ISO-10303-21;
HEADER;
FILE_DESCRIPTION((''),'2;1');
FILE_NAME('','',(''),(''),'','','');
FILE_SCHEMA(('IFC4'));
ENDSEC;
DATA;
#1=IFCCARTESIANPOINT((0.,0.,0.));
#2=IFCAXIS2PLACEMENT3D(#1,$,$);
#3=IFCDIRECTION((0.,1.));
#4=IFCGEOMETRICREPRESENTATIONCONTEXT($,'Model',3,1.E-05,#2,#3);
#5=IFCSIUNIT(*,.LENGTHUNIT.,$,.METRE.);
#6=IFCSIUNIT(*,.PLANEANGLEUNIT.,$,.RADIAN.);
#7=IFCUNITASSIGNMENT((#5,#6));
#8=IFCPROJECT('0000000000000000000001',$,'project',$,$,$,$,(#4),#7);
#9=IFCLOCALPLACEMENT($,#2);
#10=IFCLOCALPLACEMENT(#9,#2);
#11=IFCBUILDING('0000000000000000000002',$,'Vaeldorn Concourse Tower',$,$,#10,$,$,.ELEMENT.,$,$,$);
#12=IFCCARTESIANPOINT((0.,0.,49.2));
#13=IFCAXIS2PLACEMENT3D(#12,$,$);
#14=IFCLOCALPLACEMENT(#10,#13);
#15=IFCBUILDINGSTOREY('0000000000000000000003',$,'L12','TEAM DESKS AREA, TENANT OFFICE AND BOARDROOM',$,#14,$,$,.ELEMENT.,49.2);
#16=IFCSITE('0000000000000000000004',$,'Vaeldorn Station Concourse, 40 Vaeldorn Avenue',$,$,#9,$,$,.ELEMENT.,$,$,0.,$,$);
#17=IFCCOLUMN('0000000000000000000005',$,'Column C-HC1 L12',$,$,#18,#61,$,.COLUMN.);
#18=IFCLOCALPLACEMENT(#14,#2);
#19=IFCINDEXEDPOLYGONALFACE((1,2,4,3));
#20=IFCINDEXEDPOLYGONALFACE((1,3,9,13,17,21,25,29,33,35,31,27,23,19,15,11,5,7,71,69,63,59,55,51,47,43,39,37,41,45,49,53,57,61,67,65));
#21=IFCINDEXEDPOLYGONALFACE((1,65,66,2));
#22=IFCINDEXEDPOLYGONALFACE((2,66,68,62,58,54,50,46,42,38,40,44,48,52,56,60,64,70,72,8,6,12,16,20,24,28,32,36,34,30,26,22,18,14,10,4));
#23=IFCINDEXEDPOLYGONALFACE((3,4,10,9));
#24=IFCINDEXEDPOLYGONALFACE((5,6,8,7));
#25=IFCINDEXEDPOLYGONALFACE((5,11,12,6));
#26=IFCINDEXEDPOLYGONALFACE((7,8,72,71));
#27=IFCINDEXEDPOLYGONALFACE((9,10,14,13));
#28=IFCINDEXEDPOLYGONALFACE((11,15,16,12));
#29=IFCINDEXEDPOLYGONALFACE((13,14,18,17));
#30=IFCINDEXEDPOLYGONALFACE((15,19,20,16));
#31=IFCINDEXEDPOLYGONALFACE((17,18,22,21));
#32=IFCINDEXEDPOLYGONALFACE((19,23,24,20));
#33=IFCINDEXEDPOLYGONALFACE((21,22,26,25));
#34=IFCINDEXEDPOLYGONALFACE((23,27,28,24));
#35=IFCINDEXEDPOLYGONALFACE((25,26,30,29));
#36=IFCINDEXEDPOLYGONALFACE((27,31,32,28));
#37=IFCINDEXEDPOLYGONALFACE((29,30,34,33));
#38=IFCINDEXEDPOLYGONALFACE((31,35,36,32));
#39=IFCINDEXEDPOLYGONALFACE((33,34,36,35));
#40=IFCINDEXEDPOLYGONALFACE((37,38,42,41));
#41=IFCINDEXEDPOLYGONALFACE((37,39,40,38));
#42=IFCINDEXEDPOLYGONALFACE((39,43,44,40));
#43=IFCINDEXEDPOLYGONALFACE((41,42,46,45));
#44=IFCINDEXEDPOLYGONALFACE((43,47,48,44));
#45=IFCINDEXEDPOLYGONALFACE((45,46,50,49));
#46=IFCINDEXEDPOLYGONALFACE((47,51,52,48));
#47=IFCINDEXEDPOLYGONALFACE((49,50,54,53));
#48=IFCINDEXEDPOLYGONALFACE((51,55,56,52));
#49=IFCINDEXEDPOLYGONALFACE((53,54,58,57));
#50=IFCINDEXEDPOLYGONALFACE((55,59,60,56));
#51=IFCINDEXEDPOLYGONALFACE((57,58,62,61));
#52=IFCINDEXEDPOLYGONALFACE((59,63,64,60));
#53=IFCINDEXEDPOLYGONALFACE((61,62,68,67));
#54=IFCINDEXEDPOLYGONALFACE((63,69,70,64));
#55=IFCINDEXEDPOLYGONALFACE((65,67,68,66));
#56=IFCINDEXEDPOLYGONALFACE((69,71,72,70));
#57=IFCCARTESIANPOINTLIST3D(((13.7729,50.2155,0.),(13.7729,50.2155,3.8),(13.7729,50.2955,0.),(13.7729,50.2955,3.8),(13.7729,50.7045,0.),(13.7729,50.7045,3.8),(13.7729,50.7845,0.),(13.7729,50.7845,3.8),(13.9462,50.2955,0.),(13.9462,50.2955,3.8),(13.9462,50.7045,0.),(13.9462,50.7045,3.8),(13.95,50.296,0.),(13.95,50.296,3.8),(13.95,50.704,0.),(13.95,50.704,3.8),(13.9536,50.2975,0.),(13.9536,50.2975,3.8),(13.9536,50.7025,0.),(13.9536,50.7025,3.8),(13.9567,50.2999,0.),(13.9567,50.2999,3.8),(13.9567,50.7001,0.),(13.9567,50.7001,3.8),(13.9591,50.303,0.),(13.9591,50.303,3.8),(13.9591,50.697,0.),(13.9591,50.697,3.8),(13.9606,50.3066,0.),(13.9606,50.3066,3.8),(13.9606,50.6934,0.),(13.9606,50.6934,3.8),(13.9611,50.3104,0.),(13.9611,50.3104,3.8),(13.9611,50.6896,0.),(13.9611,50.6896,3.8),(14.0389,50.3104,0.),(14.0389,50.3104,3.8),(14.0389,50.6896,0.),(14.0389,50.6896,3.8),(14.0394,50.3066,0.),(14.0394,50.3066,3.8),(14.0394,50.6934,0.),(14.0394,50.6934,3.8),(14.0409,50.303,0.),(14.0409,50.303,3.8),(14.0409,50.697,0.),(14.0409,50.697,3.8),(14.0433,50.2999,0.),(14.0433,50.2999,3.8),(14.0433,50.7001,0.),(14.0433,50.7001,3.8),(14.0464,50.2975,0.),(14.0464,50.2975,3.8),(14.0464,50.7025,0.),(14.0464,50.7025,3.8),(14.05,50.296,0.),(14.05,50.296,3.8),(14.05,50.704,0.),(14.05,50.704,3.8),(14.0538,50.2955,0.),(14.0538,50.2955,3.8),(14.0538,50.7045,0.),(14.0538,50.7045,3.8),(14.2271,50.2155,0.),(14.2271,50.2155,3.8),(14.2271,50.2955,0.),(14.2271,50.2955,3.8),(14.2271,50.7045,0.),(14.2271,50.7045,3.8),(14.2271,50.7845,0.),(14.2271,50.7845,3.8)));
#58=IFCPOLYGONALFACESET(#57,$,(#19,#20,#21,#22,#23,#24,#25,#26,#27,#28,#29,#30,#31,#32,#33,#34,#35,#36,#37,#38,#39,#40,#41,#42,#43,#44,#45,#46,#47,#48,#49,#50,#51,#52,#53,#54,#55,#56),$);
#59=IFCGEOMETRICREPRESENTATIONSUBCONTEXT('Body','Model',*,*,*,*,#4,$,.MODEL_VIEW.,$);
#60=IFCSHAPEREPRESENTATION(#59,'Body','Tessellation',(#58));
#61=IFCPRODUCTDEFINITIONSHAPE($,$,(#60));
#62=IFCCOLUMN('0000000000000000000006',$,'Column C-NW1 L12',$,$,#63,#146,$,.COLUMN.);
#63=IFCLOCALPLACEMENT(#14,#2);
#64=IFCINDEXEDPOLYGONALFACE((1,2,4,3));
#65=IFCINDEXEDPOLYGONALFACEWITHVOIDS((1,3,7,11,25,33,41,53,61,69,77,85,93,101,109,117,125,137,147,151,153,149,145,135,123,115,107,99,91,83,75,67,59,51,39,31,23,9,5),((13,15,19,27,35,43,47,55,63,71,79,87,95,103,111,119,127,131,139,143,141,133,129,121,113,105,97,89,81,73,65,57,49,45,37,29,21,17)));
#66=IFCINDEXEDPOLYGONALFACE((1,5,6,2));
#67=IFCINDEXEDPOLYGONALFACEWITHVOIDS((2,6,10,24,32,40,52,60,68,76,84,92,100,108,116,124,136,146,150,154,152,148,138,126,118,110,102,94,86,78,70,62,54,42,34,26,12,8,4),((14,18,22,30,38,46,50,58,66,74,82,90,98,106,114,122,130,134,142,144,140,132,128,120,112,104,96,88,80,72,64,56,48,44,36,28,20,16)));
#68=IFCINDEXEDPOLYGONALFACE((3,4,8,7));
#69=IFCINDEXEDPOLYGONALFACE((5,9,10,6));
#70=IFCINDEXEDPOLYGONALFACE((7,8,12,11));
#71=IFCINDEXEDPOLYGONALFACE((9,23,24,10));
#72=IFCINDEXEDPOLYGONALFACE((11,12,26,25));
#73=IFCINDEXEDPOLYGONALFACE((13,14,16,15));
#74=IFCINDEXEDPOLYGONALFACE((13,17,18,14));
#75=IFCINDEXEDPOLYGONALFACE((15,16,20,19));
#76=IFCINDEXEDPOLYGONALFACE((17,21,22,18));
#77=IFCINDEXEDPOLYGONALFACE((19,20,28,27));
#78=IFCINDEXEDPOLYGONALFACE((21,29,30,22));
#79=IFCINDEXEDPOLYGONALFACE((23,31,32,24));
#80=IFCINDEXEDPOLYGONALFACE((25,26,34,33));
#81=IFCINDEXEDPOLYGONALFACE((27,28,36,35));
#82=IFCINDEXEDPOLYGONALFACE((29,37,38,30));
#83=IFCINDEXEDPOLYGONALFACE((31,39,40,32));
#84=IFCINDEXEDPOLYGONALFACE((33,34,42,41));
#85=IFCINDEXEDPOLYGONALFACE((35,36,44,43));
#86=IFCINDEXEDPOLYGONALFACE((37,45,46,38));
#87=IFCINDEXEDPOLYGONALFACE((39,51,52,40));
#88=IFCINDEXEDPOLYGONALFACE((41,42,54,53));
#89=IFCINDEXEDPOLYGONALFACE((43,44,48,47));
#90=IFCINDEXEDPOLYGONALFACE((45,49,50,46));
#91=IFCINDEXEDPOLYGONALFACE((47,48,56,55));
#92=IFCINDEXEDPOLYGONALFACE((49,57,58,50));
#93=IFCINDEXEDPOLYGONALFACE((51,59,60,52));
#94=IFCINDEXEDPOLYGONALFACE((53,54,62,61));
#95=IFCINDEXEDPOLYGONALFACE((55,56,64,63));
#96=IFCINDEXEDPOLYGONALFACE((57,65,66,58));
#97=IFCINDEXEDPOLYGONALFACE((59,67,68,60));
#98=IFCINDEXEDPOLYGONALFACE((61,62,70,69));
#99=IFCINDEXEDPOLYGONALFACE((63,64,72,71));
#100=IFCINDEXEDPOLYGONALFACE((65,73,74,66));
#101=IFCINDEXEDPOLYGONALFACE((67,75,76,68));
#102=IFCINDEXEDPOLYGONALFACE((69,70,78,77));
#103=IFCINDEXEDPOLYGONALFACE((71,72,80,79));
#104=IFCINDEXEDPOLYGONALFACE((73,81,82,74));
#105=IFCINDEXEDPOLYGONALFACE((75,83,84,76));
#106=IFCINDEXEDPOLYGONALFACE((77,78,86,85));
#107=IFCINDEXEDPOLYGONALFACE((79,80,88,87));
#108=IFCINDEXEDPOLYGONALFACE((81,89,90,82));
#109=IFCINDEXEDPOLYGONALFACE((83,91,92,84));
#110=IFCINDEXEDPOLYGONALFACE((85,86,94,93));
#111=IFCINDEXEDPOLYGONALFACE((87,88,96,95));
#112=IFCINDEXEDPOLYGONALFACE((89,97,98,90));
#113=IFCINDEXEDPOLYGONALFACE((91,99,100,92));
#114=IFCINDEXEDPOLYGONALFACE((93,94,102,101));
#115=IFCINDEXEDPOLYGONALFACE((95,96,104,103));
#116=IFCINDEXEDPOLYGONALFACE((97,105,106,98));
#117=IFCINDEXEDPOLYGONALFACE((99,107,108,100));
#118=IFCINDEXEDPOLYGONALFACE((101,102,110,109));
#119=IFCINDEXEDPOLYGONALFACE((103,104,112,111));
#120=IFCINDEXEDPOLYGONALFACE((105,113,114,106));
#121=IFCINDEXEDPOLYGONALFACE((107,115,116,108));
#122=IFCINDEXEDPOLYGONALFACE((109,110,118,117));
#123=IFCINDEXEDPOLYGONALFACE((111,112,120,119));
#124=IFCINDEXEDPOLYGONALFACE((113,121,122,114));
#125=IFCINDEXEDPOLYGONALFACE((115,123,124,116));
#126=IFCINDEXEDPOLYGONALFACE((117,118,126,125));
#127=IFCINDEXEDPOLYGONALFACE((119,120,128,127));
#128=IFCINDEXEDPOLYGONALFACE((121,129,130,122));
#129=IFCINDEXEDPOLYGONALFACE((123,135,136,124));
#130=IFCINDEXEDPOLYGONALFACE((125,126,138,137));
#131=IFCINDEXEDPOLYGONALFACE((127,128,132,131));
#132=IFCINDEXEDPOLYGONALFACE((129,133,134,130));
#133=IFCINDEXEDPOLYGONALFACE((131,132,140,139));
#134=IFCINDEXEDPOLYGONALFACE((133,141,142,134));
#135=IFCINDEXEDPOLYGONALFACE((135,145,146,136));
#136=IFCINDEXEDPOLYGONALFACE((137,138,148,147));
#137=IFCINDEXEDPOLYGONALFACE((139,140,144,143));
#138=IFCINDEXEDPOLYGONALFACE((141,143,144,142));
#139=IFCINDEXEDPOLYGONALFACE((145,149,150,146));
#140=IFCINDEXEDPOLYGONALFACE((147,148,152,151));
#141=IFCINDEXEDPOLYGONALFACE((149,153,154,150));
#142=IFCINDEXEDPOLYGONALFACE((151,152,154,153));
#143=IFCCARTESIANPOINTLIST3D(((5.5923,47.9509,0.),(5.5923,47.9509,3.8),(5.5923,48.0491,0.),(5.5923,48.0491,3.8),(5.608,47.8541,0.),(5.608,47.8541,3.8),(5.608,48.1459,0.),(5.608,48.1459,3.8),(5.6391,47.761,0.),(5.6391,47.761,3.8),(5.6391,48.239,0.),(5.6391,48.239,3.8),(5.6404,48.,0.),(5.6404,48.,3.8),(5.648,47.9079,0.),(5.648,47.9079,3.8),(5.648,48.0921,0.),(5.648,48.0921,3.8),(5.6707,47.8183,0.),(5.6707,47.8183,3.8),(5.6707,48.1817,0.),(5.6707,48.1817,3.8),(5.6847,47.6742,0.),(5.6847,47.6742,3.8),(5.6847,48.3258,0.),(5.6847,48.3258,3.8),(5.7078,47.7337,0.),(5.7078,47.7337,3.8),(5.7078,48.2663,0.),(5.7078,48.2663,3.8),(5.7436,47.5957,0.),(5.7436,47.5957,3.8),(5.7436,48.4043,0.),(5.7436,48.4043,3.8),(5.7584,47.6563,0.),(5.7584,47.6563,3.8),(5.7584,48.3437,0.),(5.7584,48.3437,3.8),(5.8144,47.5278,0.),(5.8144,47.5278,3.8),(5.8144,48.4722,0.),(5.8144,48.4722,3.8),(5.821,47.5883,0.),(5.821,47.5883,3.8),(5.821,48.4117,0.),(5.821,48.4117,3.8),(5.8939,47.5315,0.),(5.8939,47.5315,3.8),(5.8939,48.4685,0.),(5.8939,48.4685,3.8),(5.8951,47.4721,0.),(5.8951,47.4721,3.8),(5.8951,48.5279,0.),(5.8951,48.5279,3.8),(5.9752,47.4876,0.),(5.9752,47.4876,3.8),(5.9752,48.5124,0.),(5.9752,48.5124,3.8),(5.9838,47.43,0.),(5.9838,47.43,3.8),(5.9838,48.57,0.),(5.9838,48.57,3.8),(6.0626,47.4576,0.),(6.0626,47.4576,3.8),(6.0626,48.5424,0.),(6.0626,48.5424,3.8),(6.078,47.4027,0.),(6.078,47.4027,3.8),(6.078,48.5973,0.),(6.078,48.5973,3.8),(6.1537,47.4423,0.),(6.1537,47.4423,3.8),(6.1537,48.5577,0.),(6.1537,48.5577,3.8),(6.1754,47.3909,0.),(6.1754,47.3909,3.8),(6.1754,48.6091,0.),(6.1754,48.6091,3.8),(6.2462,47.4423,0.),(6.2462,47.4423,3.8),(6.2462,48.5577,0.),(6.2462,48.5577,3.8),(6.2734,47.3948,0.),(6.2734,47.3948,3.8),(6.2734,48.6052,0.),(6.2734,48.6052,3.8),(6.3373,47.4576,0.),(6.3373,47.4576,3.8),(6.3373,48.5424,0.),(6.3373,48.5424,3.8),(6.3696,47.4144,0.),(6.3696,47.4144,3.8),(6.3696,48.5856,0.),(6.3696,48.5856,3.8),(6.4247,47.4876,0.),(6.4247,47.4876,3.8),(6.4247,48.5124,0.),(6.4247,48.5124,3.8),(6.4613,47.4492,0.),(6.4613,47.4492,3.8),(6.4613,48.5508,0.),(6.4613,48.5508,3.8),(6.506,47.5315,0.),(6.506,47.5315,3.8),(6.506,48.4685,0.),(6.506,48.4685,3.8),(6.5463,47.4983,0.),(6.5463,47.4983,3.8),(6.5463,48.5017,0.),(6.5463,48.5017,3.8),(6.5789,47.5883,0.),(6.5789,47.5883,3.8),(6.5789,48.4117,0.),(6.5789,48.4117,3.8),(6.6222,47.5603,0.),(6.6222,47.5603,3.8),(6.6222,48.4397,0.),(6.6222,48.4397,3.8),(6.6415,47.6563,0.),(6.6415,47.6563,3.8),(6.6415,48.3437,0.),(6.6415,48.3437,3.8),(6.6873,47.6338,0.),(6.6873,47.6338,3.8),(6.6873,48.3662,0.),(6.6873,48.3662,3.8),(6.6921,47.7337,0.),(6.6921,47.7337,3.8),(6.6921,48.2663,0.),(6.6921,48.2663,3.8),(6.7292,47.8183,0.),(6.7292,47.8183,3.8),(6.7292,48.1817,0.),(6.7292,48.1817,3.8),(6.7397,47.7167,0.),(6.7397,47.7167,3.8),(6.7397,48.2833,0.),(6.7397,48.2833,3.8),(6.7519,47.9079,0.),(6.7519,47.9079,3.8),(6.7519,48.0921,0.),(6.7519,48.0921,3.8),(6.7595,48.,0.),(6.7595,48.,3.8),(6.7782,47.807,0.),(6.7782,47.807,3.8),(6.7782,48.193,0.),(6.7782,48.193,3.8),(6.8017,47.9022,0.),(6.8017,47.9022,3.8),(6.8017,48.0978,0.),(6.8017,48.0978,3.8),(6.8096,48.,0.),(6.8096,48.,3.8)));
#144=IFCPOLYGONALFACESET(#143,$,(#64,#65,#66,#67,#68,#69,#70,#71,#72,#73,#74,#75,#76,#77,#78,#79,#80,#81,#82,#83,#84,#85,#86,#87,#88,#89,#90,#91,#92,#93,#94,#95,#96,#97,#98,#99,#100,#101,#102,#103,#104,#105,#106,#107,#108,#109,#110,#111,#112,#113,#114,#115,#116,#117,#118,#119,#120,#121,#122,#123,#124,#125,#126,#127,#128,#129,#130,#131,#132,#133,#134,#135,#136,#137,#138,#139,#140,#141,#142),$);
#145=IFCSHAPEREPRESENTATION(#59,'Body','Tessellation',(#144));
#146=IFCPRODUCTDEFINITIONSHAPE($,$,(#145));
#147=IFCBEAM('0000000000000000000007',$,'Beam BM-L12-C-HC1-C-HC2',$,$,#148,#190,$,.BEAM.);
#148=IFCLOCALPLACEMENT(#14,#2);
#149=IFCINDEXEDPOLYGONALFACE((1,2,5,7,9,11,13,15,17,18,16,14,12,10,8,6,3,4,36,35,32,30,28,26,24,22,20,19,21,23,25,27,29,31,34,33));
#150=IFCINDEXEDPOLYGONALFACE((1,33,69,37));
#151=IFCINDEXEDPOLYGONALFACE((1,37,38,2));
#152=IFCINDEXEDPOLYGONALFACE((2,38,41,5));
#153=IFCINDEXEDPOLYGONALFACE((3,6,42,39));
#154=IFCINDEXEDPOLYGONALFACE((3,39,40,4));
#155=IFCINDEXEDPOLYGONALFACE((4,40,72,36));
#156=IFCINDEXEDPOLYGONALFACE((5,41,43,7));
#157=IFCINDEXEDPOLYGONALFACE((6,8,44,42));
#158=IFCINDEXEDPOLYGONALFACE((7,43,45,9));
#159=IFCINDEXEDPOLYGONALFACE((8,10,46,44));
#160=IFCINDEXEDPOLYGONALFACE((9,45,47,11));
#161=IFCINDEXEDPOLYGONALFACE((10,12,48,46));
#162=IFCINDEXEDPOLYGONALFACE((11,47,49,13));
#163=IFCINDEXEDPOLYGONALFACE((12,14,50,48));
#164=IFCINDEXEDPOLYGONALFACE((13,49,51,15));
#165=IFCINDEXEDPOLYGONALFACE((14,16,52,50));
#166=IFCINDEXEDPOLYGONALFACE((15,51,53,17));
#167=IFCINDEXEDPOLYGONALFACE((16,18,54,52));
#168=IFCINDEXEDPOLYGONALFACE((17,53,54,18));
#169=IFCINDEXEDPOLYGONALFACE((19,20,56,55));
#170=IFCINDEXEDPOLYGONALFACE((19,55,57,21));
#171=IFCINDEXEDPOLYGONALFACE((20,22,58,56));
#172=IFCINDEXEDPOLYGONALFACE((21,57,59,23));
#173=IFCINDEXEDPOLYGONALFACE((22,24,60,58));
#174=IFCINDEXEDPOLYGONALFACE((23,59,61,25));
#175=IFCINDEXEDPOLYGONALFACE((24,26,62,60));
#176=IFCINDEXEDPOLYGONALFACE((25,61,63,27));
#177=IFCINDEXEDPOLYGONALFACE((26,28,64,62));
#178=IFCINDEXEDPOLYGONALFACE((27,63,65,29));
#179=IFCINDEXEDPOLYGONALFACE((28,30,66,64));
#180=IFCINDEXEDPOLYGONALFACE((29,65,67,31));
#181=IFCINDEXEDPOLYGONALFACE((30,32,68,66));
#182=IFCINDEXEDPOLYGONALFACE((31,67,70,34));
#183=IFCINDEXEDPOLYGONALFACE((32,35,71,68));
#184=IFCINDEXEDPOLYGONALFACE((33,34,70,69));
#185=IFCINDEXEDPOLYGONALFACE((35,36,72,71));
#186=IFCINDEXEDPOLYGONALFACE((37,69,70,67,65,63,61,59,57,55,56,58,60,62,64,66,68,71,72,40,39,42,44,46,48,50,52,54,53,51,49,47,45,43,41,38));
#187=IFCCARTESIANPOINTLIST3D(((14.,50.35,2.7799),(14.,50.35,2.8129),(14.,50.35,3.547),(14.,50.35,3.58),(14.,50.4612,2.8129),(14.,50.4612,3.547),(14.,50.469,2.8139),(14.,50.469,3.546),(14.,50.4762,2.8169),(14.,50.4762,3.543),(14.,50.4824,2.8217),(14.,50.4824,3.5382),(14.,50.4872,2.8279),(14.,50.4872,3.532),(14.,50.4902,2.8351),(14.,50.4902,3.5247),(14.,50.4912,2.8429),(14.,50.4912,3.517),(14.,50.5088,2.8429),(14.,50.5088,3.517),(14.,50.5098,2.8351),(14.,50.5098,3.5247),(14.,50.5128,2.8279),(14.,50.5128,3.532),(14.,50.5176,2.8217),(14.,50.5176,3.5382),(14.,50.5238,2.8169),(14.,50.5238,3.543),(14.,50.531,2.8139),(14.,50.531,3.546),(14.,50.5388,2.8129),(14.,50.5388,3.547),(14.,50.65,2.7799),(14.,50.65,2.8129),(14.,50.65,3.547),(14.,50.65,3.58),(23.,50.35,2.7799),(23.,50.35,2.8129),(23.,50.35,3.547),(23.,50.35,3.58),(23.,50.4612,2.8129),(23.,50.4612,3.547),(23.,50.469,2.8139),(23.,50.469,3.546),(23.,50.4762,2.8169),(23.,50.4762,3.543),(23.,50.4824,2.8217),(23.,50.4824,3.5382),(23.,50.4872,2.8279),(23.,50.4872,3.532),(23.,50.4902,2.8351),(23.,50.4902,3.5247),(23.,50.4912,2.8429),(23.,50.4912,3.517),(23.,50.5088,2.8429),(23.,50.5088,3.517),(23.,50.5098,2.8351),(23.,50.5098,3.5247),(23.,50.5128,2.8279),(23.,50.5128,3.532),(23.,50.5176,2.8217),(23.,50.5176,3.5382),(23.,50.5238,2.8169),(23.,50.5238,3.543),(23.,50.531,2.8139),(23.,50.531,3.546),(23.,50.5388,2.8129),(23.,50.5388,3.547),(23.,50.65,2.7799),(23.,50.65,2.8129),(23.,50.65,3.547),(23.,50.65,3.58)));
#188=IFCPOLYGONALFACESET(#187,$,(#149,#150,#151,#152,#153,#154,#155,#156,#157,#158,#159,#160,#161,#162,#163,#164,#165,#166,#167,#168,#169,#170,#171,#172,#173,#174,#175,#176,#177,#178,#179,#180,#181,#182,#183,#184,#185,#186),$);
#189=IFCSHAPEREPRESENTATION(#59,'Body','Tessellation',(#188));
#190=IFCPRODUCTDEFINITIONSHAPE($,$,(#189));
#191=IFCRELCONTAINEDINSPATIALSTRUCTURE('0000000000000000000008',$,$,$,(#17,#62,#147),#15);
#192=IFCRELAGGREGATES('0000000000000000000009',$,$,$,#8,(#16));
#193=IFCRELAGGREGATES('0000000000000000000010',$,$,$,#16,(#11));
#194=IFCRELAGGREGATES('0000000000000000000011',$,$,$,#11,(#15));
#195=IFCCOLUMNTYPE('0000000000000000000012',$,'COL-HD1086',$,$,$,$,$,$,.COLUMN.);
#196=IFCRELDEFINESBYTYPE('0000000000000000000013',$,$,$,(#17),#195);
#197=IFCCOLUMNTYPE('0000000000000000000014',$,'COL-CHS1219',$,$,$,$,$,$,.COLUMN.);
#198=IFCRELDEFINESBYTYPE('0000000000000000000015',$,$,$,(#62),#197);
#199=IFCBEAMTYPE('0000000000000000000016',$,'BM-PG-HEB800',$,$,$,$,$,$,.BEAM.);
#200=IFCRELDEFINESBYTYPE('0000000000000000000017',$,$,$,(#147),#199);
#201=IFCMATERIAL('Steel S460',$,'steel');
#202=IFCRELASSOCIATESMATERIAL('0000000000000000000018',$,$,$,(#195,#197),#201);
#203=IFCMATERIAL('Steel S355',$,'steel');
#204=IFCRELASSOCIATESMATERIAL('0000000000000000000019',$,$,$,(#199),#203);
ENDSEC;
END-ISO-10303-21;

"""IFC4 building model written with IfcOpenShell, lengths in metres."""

from ifc_helpers import new_model, si_unit, direction, frame, origin, origin_2d, place, context, subcontext, project, spatial, hollow_circle, i_section, extrude, source, transform, mapped, material, material_profile, profile_set, type_object, element, save


model = new_model("IFC4")

# Units and contexts
model_context = context("Model", 3, precision=1e-05, world=origin(), true_north=direction((0.0, 1.0)))
body_context = subcontext(model_context, "Body", "Model", "MODEL_VIEW")
ifc_project = project(units=[si_unit("LENGTHUNIT", "METRE"), si_unit("PLANEANGLEUNIT", "RADIAN")], contexts=[model_context])

# Site, building, storey
site_placement = place(None, origin())
site = spatial("IfcSite", under=ifc_project, at=site_placement, Name="Vaeldorn Station Concourse, 40 Vaeldorn Avenue", CompositionType="ELEMENT", RefElevation=0.0)
building_placement = place(site_placement, origin())
building = spatial("IfcBuilding", under=site, at=building_placement, Name="Vaeldorn Concourse Tower", CompositionType="ELEMENT")
storey_placement = place(building_placement, frame((0.0, 0.0, 49.2)))
storey = spatial("IfcBuildingStorey", under=building, at=storey_placement, Name="L12", Description="TEAM DESKS AREA, TENANT OFFICE AND BOARDROOM", CompositionType="ELEMENT", Elevation=49.2)

# Columns
ifc_material_1 = material(Name="Steel S460", Category="steel")
ifc_material_profile_1 = material_profile(ifc_material_1, i_section(OverallWidth=0.4541, OverallDepth=0.5691, WebThickness=0.0779, FlangeThickness=0.0801, FilletRadius=0.0149, at=origin_2d()), Name="HD 400x1086")
ifc_profile_set_1 = profile_set([ifc_material_profile_1], Name="Steel S460")
column_type_1 = type_object("IfcColumnType", Name="COL-HD1086", PredefinedType="COLUMN", material=ifc_profile_set_1)
shared_shape_1 = source(origin(), body_context, "Body", "SweptSolid", [
    extrude(i_section(OverallWidth=0.4541, OverallDepth=0.5691, WebThickness=0.0779, FlangeThickness=0.0801, FilletRadius=0.0149, at=origin_2d()), origin(), (0.0, 0.0, 1.0), 3.8),
])
column_1_placement = place(storey_placement, frame((14.0, 50.5, 0.0), z_axis=(0.0, 0.0, 1.0), x_axis=(1.0, 0.0, 0.0)))
element("IfcColumn", 1, at=column_1_placement, inside=storey, type_object=column_type_1, Name="Column C-HC1 L12", PredefinedType="COLUMN", context=body_context, shape_type="MappedRepresentation", body=[
    mapped(shared_shape_1, transform((0.0, 0.0, 0.0), scale=1.0)),
])
ifc_material_profile_2 = material_profile(ifc_material_1, hollow_circle(Radius=0.6096, WallThickness=0.05, at=origin_2d()), Name="CHS 1219x50")
ifc_profile_set_2 = profile_set([ifc_material_profile_2], Name="Steel S460")
column_type_2 = type_object("IfcColumnType", Name="COL-CHS1219", PredefinedType="COLUMN", material=ifc_profile_set_2)
shared_shape_2 = source(origin(), body_context, "Body", "SweptSolid", [
    extrude(hollow_circle(Radius=0.6096, WallThickness=0.05, at=origin_2d()), origin(), (0.0, 0.0, 1.0), 3.8),
])
column_2_placement = place(storey_placement, frame((6.2, 48.0, 0.0), z_axis=(0.0, 0.0, 1.0), x_axis=(1.0, 0.0, 0.0)))
element("IfcColumn", 2, at=column_2_placement, inside=storey, type_object=column_type_2, Name="Column C-NW1 L12", PredefinedType="COLUMN", context=body_context, shape_type="MappedRepresentation", body=[
    mapped(shared_shape_2, transform((0.0, 0.0, 0.0), scale=1.0)),
])

# Beam
ifc_material_2 = material(Name="Steel S355", Category="steel")
ifc_material_profile_3 = material_profile(ifc_material_2, i_section(OverallWidth=0.3, OverallDepth=0.8, WebThickness=0.0176, FlangeThickness=0.033, FilletRadius=0.03, at=origin_2d()), Name="HEB 800")
ifc_profile_set_3 = profile_set([ifc_material_profile_3], Name="Steel S355")
beam_type_1 = type_object("IfcBeamType", Name="BM-PG-HEB800", PredefinedType="BEAM", material=ifc_profile_set_3)
shared_shape_3 = source(origin(), body_context, "Body", "SweptSolid", [
    extrude(i_section(OverallWidth=0.3, OverallDepth=0.8, WebThickness=0.0176, FlangeThickness=0.033, FilletRadius=0.03, at=origin_2d()), origin(), (0.0, 0.0, 1.0), 9.0),
])
beam_1_placement = place(storey_placement, frame((14.0, 50.5, 3.1799), z_axis=(1.0, 0.0, 0.0), x_axis=(0.0, 1.0, 0.0)))
element("IfcBeam", 3, at=beam_1_placement, inside=storey, type_object=beam_type_1, Name="Beam BM-L12-C-HC1-C-HC2", PredefinedType="BEAM", context=body_context, shape_type="MappedRepresentation", body=[
    mapped(shared_shape_3, transform((0.0, 0.0, 0.0), scale=1.0)),
])

save(model, "model.ifc")
